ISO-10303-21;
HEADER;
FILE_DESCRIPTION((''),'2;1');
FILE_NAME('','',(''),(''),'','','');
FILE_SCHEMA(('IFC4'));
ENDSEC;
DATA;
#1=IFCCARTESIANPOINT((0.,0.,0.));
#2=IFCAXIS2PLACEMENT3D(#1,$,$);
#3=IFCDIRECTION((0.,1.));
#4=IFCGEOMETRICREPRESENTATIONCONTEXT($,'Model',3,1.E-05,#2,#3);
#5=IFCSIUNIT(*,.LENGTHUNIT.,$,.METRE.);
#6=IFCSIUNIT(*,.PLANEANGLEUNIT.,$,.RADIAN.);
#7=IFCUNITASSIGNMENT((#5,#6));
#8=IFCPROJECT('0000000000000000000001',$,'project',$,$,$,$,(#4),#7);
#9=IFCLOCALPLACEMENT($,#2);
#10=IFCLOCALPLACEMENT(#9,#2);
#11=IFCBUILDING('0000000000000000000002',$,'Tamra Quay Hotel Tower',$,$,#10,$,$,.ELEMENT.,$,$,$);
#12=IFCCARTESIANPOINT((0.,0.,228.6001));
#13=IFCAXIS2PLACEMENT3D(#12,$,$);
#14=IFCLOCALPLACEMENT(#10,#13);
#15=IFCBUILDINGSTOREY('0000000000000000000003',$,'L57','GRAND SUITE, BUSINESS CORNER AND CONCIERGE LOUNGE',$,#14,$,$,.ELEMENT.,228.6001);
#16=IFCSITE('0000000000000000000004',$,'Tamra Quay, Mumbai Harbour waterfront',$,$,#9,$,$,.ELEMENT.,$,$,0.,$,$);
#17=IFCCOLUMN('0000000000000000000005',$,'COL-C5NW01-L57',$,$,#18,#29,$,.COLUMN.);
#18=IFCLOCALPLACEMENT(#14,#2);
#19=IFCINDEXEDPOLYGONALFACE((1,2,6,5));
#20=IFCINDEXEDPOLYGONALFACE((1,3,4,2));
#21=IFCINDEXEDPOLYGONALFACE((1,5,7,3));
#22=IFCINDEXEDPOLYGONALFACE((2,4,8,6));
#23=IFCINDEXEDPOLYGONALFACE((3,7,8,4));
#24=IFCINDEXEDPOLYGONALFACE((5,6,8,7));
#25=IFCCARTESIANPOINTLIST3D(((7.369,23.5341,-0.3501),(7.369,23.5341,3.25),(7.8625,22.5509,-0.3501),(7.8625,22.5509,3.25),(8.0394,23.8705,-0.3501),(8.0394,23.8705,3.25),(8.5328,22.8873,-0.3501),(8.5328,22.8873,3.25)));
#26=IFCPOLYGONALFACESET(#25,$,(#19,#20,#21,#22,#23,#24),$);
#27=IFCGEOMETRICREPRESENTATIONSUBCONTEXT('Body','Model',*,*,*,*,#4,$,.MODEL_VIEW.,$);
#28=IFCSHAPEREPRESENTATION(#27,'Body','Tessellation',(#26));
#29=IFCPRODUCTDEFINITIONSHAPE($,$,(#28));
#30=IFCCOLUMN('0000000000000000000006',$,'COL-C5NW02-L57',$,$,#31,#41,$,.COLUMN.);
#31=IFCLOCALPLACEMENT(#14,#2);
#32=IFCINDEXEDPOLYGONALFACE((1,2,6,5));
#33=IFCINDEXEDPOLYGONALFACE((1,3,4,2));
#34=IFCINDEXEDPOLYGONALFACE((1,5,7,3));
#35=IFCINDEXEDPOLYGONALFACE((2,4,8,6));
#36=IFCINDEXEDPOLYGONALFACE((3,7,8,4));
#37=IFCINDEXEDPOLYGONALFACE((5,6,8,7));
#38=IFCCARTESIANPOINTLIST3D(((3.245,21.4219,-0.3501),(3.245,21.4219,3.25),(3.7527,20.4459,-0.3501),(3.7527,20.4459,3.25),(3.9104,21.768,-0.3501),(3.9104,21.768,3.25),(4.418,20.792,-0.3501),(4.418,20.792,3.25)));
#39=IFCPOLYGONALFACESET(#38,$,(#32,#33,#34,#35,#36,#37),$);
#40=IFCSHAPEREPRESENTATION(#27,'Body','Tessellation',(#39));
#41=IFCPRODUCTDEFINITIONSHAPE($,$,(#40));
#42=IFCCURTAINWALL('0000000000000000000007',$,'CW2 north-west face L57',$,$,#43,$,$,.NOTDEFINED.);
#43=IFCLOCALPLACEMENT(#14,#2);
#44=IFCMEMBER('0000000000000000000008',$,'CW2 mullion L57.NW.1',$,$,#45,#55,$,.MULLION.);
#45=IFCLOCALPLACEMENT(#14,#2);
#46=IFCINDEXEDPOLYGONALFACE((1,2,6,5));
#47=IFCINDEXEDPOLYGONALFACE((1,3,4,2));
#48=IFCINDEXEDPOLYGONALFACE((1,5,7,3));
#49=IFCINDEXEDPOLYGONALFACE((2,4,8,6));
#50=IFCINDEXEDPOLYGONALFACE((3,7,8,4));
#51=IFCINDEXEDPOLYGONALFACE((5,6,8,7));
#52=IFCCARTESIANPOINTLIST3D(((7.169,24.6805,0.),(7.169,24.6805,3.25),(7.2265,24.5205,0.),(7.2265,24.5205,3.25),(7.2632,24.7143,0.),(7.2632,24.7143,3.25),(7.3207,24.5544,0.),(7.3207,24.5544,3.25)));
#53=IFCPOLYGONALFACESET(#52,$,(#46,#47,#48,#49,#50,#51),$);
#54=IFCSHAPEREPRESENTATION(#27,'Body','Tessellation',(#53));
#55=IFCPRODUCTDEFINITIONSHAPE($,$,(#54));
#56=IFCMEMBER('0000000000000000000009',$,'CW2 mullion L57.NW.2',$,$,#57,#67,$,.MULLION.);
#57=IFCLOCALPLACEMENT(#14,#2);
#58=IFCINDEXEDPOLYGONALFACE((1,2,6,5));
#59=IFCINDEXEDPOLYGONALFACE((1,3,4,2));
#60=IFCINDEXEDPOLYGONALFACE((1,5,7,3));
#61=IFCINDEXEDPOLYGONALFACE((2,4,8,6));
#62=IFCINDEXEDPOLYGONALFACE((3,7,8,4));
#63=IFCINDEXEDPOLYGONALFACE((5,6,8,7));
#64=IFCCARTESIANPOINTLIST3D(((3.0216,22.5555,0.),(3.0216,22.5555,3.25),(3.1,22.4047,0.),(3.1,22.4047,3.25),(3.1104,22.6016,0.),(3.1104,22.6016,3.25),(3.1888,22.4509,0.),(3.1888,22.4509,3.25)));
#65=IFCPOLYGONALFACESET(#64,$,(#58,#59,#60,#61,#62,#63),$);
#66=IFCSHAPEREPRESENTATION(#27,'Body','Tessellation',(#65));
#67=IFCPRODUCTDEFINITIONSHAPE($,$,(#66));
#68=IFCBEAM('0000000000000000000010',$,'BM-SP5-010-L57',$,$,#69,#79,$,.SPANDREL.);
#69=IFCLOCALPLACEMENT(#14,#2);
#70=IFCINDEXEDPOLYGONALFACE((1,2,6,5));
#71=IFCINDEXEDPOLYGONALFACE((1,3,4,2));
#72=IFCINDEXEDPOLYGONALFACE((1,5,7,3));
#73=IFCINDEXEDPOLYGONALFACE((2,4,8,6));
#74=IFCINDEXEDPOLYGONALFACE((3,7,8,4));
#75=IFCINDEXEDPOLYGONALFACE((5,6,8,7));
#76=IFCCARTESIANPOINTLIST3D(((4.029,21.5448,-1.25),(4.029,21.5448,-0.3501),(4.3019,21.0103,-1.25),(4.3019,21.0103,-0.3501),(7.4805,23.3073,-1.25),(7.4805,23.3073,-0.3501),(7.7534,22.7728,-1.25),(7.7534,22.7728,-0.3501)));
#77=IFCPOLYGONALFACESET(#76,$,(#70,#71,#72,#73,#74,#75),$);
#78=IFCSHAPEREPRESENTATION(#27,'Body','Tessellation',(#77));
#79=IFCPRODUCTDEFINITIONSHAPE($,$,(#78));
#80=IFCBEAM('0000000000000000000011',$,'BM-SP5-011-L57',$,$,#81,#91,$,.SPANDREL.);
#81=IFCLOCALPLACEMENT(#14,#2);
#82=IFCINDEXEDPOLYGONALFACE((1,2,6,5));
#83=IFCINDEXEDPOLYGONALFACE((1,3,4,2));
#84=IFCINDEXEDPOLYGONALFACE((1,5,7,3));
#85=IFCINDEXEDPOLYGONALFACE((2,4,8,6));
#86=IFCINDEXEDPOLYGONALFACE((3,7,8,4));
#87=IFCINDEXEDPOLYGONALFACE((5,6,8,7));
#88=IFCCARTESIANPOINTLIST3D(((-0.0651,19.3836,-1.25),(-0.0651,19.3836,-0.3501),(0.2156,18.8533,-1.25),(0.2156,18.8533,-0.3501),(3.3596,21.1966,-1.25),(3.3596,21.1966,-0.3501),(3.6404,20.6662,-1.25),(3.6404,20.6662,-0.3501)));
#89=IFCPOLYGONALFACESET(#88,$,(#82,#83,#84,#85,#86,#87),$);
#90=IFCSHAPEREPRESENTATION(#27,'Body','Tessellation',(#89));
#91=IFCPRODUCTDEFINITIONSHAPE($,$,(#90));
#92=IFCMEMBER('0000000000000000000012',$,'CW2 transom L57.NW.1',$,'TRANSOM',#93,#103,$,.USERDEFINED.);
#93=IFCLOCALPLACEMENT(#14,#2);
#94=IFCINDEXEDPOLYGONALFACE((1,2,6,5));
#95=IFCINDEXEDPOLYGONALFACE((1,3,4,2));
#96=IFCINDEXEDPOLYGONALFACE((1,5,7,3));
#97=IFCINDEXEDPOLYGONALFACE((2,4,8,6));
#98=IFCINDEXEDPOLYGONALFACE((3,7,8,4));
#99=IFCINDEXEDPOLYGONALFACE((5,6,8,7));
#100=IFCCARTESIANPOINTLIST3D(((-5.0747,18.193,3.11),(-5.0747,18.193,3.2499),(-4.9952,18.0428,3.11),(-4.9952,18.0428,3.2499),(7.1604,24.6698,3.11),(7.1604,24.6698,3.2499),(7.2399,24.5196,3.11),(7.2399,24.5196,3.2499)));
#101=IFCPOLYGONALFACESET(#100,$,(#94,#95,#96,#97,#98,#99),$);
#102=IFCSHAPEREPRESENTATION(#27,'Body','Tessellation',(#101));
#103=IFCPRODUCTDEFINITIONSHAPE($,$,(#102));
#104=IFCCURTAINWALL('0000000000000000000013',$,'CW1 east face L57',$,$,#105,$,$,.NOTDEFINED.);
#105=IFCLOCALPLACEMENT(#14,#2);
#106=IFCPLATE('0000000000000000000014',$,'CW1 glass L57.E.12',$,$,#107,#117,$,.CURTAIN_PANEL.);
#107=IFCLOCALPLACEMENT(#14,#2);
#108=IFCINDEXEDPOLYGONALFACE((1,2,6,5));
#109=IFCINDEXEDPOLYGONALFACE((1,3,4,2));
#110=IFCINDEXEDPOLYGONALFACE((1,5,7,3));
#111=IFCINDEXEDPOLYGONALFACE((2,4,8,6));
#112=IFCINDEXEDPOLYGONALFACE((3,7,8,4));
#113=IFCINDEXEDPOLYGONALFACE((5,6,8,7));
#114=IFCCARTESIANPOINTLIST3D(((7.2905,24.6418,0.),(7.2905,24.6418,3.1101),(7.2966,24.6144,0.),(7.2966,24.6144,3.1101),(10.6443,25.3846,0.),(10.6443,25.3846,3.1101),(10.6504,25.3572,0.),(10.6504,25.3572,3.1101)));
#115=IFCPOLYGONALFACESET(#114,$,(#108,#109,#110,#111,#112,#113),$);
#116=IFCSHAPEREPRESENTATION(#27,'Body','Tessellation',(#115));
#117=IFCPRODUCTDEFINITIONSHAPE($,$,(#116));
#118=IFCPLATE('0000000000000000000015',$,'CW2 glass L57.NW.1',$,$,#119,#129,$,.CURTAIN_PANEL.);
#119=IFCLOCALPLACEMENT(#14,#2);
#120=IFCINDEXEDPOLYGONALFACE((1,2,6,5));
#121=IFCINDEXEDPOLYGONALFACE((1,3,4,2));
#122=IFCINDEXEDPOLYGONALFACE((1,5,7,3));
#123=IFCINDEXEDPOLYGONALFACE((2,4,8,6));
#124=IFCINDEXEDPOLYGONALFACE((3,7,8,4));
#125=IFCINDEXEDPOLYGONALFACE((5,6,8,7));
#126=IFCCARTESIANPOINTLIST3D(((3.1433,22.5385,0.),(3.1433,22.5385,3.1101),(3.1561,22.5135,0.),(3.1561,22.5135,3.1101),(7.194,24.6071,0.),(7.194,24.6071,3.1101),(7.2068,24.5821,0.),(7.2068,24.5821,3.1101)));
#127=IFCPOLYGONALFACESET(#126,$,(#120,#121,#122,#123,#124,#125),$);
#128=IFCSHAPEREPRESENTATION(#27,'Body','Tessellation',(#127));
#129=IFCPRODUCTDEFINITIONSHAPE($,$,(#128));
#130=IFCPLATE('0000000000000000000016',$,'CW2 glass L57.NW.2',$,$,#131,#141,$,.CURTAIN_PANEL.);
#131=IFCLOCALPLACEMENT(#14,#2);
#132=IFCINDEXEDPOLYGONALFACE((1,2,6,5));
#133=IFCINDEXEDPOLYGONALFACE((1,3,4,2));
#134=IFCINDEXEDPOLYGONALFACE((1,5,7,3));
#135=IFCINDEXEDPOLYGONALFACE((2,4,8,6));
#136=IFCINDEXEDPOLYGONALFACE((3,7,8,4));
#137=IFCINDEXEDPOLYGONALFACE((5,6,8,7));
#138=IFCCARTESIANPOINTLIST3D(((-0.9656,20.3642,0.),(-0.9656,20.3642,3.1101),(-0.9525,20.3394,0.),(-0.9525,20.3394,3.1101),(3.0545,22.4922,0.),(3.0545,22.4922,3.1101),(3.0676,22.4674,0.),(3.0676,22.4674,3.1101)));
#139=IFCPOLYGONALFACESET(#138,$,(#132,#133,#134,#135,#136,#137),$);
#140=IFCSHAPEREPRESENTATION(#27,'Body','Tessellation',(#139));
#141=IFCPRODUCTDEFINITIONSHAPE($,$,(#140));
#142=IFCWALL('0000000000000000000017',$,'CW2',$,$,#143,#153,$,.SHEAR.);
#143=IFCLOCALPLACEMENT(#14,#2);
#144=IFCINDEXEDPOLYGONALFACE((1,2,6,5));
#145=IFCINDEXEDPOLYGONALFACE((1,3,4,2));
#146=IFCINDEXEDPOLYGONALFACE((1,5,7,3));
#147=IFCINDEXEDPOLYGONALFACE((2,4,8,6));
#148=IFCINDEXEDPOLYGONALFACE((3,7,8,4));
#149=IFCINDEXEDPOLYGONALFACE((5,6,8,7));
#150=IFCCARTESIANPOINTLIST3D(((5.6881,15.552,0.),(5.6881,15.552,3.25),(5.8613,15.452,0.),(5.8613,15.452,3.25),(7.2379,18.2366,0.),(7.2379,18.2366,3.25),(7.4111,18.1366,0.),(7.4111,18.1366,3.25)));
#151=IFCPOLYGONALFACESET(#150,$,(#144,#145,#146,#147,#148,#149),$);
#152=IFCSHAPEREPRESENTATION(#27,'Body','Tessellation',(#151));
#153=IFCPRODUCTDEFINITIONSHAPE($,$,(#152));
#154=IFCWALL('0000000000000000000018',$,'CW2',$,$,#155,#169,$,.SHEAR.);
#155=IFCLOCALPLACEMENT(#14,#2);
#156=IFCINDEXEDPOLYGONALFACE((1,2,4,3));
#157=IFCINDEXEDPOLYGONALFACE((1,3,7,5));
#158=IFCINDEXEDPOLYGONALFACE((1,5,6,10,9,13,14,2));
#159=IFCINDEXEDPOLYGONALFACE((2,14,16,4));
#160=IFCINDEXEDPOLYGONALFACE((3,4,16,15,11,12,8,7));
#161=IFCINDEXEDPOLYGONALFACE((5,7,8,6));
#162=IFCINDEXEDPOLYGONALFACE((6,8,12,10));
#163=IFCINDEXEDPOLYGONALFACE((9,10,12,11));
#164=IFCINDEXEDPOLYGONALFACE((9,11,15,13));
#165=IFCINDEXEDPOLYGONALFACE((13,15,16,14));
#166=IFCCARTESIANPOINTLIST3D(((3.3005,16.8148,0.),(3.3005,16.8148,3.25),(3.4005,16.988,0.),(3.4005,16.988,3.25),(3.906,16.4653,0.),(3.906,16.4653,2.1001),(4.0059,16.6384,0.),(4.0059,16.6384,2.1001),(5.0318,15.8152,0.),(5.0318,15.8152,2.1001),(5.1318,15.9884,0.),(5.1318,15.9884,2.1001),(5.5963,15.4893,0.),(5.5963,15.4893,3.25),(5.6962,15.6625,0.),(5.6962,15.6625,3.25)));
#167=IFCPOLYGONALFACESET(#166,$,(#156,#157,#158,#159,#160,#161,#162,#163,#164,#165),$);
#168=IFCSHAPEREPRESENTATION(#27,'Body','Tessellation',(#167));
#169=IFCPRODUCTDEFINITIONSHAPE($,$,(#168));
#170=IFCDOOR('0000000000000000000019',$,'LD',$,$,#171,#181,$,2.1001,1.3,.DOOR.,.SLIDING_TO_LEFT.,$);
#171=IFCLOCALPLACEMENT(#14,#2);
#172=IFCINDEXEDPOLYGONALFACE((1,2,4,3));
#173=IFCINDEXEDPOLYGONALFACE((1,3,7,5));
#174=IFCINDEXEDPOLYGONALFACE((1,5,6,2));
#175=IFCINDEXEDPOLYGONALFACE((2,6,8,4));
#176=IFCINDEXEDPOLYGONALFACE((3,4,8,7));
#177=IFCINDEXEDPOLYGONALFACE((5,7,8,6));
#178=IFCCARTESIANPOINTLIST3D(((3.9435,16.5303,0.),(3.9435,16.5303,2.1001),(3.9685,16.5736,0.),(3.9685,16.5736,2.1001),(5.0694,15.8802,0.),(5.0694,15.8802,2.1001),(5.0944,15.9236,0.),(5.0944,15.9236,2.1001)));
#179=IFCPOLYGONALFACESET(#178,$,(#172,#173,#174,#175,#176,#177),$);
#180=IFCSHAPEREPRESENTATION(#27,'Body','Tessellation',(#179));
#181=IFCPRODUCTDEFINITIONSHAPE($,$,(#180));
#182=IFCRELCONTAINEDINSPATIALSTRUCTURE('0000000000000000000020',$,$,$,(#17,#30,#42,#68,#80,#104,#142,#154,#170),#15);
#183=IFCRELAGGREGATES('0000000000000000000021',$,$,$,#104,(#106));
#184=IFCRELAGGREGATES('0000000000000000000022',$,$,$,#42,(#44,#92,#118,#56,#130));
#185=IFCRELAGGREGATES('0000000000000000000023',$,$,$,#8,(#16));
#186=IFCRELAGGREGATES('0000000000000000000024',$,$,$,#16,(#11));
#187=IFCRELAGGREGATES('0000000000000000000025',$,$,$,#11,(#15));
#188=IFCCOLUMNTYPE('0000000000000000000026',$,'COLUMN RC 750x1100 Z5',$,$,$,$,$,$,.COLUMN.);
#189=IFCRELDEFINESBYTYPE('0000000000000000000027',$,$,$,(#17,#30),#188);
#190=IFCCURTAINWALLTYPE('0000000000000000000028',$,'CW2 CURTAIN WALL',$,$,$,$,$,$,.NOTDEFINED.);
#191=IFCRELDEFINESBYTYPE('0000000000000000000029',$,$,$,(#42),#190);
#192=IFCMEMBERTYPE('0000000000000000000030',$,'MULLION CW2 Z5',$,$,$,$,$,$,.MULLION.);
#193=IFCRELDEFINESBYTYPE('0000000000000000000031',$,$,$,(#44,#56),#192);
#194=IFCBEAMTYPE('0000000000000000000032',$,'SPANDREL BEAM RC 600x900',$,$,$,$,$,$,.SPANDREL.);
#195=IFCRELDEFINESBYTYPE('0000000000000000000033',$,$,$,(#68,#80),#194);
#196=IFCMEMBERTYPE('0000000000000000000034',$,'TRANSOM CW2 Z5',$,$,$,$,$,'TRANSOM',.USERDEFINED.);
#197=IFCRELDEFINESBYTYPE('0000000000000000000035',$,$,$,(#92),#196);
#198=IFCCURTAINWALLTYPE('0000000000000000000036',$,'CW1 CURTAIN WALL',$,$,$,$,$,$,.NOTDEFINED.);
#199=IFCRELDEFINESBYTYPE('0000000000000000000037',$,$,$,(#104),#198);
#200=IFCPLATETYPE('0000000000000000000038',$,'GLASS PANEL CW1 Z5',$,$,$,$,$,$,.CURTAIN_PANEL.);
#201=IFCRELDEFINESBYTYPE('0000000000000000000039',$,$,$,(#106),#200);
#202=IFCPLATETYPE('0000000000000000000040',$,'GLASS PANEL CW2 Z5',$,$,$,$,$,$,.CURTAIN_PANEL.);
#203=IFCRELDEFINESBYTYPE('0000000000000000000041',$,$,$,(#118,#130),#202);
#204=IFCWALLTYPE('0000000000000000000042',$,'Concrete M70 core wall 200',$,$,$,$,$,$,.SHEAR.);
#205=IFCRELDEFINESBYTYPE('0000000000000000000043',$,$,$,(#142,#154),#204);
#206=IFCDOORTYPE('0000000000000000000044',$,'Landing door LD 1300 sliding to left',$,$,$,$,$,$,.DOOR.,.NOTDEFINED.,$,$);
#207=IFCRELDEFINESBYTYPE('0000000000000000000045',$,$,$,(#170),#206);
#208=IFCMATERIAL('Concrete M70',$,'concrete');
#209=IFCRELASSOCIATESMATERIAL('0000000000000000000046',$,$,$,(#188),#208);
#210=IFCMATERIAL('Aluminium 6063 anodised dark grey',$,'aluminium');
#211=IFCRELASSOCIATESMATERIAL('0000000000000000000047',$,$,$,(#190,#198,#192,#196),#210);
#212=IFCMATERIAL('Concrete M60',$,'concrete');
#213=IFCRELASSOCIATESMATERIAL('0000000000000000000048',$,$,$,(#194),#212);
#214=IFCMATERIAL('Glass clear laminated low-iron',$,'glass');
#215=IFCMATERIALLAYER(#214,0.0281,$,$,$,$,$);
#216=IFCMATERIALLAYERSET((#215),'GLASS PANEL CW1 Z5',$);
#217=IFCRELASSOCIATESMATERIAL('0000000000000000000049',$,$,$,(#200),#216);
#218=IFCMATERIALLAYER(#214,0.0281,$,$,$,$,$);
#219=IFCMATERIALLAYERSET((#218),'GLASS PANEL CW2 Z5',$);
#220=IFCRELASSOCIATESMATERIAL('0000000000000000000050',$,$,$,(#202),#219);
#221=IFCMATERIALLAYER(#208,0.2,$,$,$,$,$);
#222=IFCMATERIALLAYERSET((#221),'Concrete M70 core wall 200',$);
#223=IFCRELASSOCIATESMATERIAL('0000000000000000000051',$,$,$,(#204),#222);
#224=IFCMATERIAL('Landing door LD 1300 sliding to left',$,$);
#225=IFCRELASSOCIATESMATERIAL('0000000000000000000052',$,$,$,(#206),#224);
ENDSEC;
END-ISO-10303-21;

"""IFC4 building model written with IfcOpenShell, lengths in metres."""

from ifc_helpers import new_model, si_unit, direction, frame, frame_2d, origin, origin_2d, place, context, subcontext, project, spatial, rectangle, extrude, material, layer, layer_set, material_profile, profile_set, type_object, element, fill, aggregate, save


model = new_model("IFC4")

# Units and contexts
model_context = context("Model", 3, precision=1e-05, world=origin(), true_north=direction((0.0, 1.0)))
body_context = subcontext(model_context, "Body", "Model", "MODEL_VIEW")
ifc_project = project(units=[si_unit("LENGTHUNIT", "METRE"), si_unit("PLANEANGLEUNIT", "RADIAN")], contexts=[model_context])

# Site, building, storey
site_placement = place(None, origin())
site = spatial("IfcSite", under=ifc_project, at=site_placement, Name="Tamra Quay, Mumbai Harbour waterfront", CompositionType="ELEMENT", RefElevation=0.0)
building_placement = place(site_placement, origin())
building = spatial("IfcBuilding", under=site, at=building_placement, Name="Tamra Quay Hotel Tower", CompositionType="ELEMENT")
storey_placement = place(building_placement, frame((0.0, 0.0, 228.6001)))
storey = spatial("IfcBuildingStorey", under=building, at=storey_placement, Name="L57", Description="GRAND SUITE, BUSINESS CORNER AND CONCIERGE LOUNGE", CompositionType="ELEMENT", Elevation=228.6001)

# Columns
ifc_material_1 = material(Name="Concrete M70", Category="concrete")
ifc_material_profile_1 = material_profile(ifc_material_1, rectangle(XDim=1.1001, YDim=0.75, at=origin_2d()), Name="COLUMN RC 750x1100 Z5")
ifc_profile_set_1 = profile_set([ifc_material_profile_1], Name="Concrete M70")
column_type = type_object("IfcColumnType", Name="COLUMN RC 750x1100 Z5", PredefinedType="COLUMN", material=ifc_profile_set_1)
for number, where, z_axis, x_axis, name in (
    (1, (7.9509, 23.2107, -0.3501), (0.0, 0.0, 1.0), (-0.448553, 0.893756, 0.0), "COL-C5NW01-L57"),
    (2, (3.8315, 21.1069, -0.3501), (0.0, 0.0, 1.0), (-0.461448, 0.887167, 0.0), "COL-C5NW02-L57"),
):
    element("IfcColumn", number, at=place(storey_placement, frame(where, z_axis=z_axis, x_axis=x_axis)), inside=storey, type_object=column_type, Name=name, PredefinedType="COLUMN", context=body_context, shape_type="SweptSolid", body=[
        extrude(rectangle(XDim=1.1001, YDim=0.75, at=origin_2d()), origin(), (0.0, 0.0, 1.0), 3.6001),
    ])

# Curtain wall, members
ifc_material_2 = material(Name="Aluminium 6063 anodised dark grey", Category="aluminium")
curtain_wall_type_1 = type_object("IfcCurtainWallType", Name="CW2 CURTAIN WALL", PredefinedType="NOTDEFINED", material=ifc_material_2)
curtain_wall_1_placement = place(storey_placement, origin())
curtain_wall_1 = element("IfcCurtainWall", 3, at=curtain_wall_1_placement, inside=storey, type_object=curtain_wall_type_1, Name="CW2 north-west face L57", PredefinedType="NOTDEFINED")
ifc_material_profile_2 = material_profile(ifc_material_2, rectangle(XDim=0.1699, YDim=0.1001, at=origin_2d()), Name="MULLION 100X170")
ifc_profile_set_2 = profile_set([ifc_material_profile_2], Name="Aluminium 6063 anodised dark grey")
member_type_1 = type_object("IfcMemberType", Name="MULLION CW2 Z5", PredefinedType="MULLION", material=ifc_profile_set_2)
member_1_placement = place(storey_placement, frame((7.2449, 24.6174, 0.0), z_axis=(0.0, 0.0, 1.0), x_axis=(-0.338259, 0.941053, 0.0)))
member_1 = element("IfcMember", 4, at=member_1_placement, type_object=member_type_1, Name="CW2 mullion L57.NW.1", PredefinedType="MULLION", context=body_context, shape_type="SweptSolid", body=[
    extrude(rectangle(XDim=0.1699, YDim=0.1001, at=origin_2d()), origin(), (0.0, 0.0, 1.0), 3.25),
])
member_2_placement = place(storey_placement, frame((3.1052, 22.5032, 0.0), z_axis=(0.0, 0.0, 1.0), x_axis=(-0.461344, 0.887221, 0.0)))
member_2 = element("IfcMember", 5, at=member_2_placement, type_object=member_type_1, Name="CW2 mullion L57.NW.2", PredefinedType="MULLION", context=body_context, shape_type="SweptSolid", body=[
    extrude(rectangle(XDim=0.1699, YDim=0.1001, at=origin_2d()), origin(), (0.0, 0.0, 1.0), 3.25),
])

# Beams
ifc_material_3 = material(Name="Concrete M60", Category="concrete")
ifc_material_profile_3 = material_profile(ifc_material_3, rectangle(XDim=0.6001, YDim=0.8999, at=origin_2d()), Name="SPANDREL BEAM RC 600x900")
ifc_profile_set_3 = profile_set([ifc_material_profile_3], Name="Concrete M60")
beam_type = type_object("IfcBeamType", Name="SPANDREL BEAM RC 600x900", PredefinedType="SPANDREL", material=ifc_profile_set_3)
beam_1_placement = place(storey_placement, frame((7.6169, 23.04, -0.8), z_axis=(-0.890603, -0.454782, 0.0), x_axis=(0.454782, -0.890603, 0.0)))
element("IfcBeam", 6, at=beam_1_placement, inside=storey, type_object=beam_type, Name="BM-SP5-010-L57", PredefinedType="SPANDREL", context=body_context, shape_type="SweptSolid", body=[
    extrude(rectangle(XDim=0.6001, YDim=0.8999, at=origin_2d()), origin(), (0.0, 0.0, 1.0), 3.8755),
])
beam_2_placement = place(storey_placement, frame((3.5, 20.9314, -0.8), z_axis=(-0.883803, -0.467859, 0.0), x_axis=(0.467859, -0.883803, 0.0)))
element("IfcBeam", 7, at=beam_2_placement, inside=storey, type_object=beam_type, Name="BM-SP5-011-L57", PredefinedType="SPANDREL", context=body_context, shape_type="SweptSolid", body=[
    extrude(rectangle(XDim=0.6001, YDim=0.8999, at=origin_2d()), origin(), (0.0, 0.0, 1.0), 3.875),
])

# Member
ifc_material_profile_4 = material_profile(ifc_material_2, rectangle(XDim=0.1699, YDim=0.1399, at=origin_2d()), Name="TRANSOM 170X140")
ifc_profile_set_4 = profile_set([ifc_material_profile_4], Name="Aluminium 6063 anodised dark grey")
member_type_2 = type_object("IfcMemberType", Name="TRANSOM CW2 Z5", ElementType="TRANSOM", PredefinedType="USERDEFINED", material=ifc_profile_set_4)
member_3_placement = place(storey_placement, frame((7.2002, 24.5947, 3.1799), z_axis=(-0.883806, -0.467854, 0.0), x_axis=(0.467854, -0.883806, 0.0)))
member_3 = element("IfcMember", 8, at=member_3_placement, type_object=member_type_2, Name="CW2 transom L57.NW.1", ObjectType="TRANSOM", PredefinedType="USERDEFINED", context=body_context, shape_type="SweptSolid", body=[
    extrude(rectangle(XDim=0.1699, YDim=0.1399, at=origin_2d()), origin(), (0.0, 0.0, 1.0), 13.8438),
])

# Curtain wall, plate
curtain_wall_type_2 = type_object("IfcCurtainWallType", Name="CW1 CURTAIN WALL", PredefinedType="NOTDEFINED", material=ifc_material_2)
curtain_wall_2_placement = place(storey_placement, origin())
curtain_wall_2 = element("IfcCurtainWall", 9, at=curtain_wall_2_placement, inside=storey, type_object=curtain_wall_type_2, Name="CW1 east face L57", PredefinedType="NOTDEFINED")
ifc_material_4 = material(Name="Glass clear laminated low-iron", Category="glass")
ifc_layer_1 = layer(ifc_material_4, 0.0281)
ifc_layer_set_1 = layer_set([ifc_layer_1], Name="GLASS PANEL CW1 Z5")
plate_type_1 = type_object("IfcPlateType", Name="GLASS PANEL CW1 Z5", PredefinedType="CURTAIN_PANEL", material=ifc_layer_set_1)
plate_1_placement = place(storey_placement, frame((8.9705, 24.9995, 0.0), z_axis=(0.0, 0.0, 1.0), x_axis=(-0.976341, -0.216238, 0.0)))
plate_1 = element("IfcPlate", 10, at=plate_1_placement, type_object=plate_type_1, Name="CW1 glass L57.E.12", PredefinedType="CURTAIN_PANEL", context=body_context, shape_type="SweptSolid", body=[
    extrude(rectangle(XDim=3.4351, YDim=0.0281, at=origin_2d()), origin(), (0.0, 0.0, 1.0), 3.1101),
])
aggregate(curtain_wall_2, [plate_1])

# Plates
ifc_layer_2 = layer(ifc_material_4, 0.0281)
ifc_layer_set_2 = layer_set([ifc_layer_2], Name="GLASS PANEL CW2 Z5")
plate_type_2 = type_object("IfcPlateType", Name="GLASS PANEL CW2 Z5", PredefinedType="CURTAIN_PANEL", material=ifc_layer_set_2)
plate_2_placement = place(storey_placement, frame((5.175, 23.5603, 0.0), z_axis=(0.0, 0.0, 1.0), x_axis=(-0.890582, -0.454822, 0.0)))
plate_2 = element("IfcPlate", 11, at=plate_2_placement, type_object=plate_type_2, Name="CW2 glass L57.NW.1", PredefinedType="CURTAIN_PANEL", context=body_context, shape_type="SweptSolid", body=[
    extrude(rectangle(XDim=4.5483, YDim=0.0281, at=origin_2d()), origin(), (0.0, 0.0, 1.0), 3.1101),
])
plate_3_placement = place(storey_placement, frame((1.051, 21.4158, 0.0), z_axis=(0.0, 0.0, 1.0), x_axis=(-0.883813, -0.467841, 0.0)))
plate_3 = element("IfcPlate", 12, at=plate_3_placement, type_object=plate_type_2, Name="CW2 glass L57.NW.2", PredefinedType="CURTAIN_PANEL", context=body_context, shape_type="SweptSolid", body=[
    extrude(rectangle(XDim=4.5486, YDim=0.0281, at=origin_2d()), origin(), (0.0, 0.0, 1.0), 3.1101),
])
aggregate(curtain_wall_1, [member_1, member_3, plate_2, member_2, plate_3])

# Wall
ifc_layer_3 = layer(ifc_material_1, 0.2)
ifc_layer_set_3 = layer_set([ifc_layer_3], Name="Concrete M70 core wall 200")
wall_type_1 = type_object("IfcWallType", Name="Concrete M70 core wall 200", PredefinedType="SHEAR", material=ifc_layer_set_3)
wall_1_placement = place(storey_placement, frame((7.3245, 18.1865, 0.0), z_axis=(0.0, 0.0, 1.0), x_axis=(-0.499968, -0.866044, 0.0)))
element("IfcWall", 13, at=wall_1_placement, inside=storey, type_object=wall_type_1, Name="CW2", PredefinedType="SHEAR", context=body_context, shape_type="SweptSolid", body=[
    extrude(rectangle(XDim=3.0999, YDim=0.2, at=frame_2d((1.5498, 0.0))), origin(), (0.0, 0.0, 1.0), 3.25),
])

# Wall, opening, door
wall_2_placement = place(storey_placement, frame((5.6462, 15.5759, 0.0), z_axis=(0.0, 0.0, 1.0), x_axis=(-0.866018, 0.500012, 0.0)))
wall_2 = element("IfcWall", 14, at=wall_2_placement, inside=storey, type_object=wall_type_1, Name="CW2", PredefinedType="SHEAR", context=body_context, shape_type="SweptSolid", body=[
    extrude(rectangle(XDim=2.6509, YDim=0.2, at=frame_2d((1.3254, 0.0))), origin(), (0.0, 0.0, 1.0), 3.25),
])
opening_1_placement = place(wall_2_placement, frame((0.6519, 0.0, 0.0)))
opening_1 = element("IfcOpeningElement", 15, at=opening_1_placement, cuts=wall_2, PredefinedType="OPENING", context=body_context, shape_type="SweptSolid", body=[
    extrude(rectangle(XDim=1.3, YDim=2.1001, at=frame_2d((0.6499, 1.05))), frame((0.0, 0.1099, 0.0), z_axis=(0.0, -1.0, 0.0), x_axis=(1.0, 0.0, 0.0)), (0.0, 0.0, 1.0), 0.22),
])
ifc_material_5 = material(Name="Landing door LD 1300 sliding to left")
door_type_1 = type_object("IfcDoorType", Name="Landing door LD 1300 sliding to left", OperationType="NOTDEFINED", PredefinedType="DOOR", material=ifc_material_5)
door_1_placement = place(opening_1_placement, origin())
door_1 = element("IfcDoor", 16, at=door_1_placement, inside=storey, type_object=door_type_1, Name="LD", OperationType="SLIDING_TO_LEFT", OverallHeight=2.1001, OverallWidth=1.3, PredefinedType="DOOR", context=body_context, shape_type="SweptSolid", body=[
    extrude(rectangle(XDim=1.3, YDim=2.1001, at=frame_2d((0.6499, 1.05))), frame((0.0, 0.0249, 0.0), z_axis=(0.0, -1.0, 0.0), x_axis=(1.0, 0.0, 0.0)), (0.0, 0.0, 1.0), 0.05),
])
fill(opening_1, door_1)

save(model, "model.ifc")
